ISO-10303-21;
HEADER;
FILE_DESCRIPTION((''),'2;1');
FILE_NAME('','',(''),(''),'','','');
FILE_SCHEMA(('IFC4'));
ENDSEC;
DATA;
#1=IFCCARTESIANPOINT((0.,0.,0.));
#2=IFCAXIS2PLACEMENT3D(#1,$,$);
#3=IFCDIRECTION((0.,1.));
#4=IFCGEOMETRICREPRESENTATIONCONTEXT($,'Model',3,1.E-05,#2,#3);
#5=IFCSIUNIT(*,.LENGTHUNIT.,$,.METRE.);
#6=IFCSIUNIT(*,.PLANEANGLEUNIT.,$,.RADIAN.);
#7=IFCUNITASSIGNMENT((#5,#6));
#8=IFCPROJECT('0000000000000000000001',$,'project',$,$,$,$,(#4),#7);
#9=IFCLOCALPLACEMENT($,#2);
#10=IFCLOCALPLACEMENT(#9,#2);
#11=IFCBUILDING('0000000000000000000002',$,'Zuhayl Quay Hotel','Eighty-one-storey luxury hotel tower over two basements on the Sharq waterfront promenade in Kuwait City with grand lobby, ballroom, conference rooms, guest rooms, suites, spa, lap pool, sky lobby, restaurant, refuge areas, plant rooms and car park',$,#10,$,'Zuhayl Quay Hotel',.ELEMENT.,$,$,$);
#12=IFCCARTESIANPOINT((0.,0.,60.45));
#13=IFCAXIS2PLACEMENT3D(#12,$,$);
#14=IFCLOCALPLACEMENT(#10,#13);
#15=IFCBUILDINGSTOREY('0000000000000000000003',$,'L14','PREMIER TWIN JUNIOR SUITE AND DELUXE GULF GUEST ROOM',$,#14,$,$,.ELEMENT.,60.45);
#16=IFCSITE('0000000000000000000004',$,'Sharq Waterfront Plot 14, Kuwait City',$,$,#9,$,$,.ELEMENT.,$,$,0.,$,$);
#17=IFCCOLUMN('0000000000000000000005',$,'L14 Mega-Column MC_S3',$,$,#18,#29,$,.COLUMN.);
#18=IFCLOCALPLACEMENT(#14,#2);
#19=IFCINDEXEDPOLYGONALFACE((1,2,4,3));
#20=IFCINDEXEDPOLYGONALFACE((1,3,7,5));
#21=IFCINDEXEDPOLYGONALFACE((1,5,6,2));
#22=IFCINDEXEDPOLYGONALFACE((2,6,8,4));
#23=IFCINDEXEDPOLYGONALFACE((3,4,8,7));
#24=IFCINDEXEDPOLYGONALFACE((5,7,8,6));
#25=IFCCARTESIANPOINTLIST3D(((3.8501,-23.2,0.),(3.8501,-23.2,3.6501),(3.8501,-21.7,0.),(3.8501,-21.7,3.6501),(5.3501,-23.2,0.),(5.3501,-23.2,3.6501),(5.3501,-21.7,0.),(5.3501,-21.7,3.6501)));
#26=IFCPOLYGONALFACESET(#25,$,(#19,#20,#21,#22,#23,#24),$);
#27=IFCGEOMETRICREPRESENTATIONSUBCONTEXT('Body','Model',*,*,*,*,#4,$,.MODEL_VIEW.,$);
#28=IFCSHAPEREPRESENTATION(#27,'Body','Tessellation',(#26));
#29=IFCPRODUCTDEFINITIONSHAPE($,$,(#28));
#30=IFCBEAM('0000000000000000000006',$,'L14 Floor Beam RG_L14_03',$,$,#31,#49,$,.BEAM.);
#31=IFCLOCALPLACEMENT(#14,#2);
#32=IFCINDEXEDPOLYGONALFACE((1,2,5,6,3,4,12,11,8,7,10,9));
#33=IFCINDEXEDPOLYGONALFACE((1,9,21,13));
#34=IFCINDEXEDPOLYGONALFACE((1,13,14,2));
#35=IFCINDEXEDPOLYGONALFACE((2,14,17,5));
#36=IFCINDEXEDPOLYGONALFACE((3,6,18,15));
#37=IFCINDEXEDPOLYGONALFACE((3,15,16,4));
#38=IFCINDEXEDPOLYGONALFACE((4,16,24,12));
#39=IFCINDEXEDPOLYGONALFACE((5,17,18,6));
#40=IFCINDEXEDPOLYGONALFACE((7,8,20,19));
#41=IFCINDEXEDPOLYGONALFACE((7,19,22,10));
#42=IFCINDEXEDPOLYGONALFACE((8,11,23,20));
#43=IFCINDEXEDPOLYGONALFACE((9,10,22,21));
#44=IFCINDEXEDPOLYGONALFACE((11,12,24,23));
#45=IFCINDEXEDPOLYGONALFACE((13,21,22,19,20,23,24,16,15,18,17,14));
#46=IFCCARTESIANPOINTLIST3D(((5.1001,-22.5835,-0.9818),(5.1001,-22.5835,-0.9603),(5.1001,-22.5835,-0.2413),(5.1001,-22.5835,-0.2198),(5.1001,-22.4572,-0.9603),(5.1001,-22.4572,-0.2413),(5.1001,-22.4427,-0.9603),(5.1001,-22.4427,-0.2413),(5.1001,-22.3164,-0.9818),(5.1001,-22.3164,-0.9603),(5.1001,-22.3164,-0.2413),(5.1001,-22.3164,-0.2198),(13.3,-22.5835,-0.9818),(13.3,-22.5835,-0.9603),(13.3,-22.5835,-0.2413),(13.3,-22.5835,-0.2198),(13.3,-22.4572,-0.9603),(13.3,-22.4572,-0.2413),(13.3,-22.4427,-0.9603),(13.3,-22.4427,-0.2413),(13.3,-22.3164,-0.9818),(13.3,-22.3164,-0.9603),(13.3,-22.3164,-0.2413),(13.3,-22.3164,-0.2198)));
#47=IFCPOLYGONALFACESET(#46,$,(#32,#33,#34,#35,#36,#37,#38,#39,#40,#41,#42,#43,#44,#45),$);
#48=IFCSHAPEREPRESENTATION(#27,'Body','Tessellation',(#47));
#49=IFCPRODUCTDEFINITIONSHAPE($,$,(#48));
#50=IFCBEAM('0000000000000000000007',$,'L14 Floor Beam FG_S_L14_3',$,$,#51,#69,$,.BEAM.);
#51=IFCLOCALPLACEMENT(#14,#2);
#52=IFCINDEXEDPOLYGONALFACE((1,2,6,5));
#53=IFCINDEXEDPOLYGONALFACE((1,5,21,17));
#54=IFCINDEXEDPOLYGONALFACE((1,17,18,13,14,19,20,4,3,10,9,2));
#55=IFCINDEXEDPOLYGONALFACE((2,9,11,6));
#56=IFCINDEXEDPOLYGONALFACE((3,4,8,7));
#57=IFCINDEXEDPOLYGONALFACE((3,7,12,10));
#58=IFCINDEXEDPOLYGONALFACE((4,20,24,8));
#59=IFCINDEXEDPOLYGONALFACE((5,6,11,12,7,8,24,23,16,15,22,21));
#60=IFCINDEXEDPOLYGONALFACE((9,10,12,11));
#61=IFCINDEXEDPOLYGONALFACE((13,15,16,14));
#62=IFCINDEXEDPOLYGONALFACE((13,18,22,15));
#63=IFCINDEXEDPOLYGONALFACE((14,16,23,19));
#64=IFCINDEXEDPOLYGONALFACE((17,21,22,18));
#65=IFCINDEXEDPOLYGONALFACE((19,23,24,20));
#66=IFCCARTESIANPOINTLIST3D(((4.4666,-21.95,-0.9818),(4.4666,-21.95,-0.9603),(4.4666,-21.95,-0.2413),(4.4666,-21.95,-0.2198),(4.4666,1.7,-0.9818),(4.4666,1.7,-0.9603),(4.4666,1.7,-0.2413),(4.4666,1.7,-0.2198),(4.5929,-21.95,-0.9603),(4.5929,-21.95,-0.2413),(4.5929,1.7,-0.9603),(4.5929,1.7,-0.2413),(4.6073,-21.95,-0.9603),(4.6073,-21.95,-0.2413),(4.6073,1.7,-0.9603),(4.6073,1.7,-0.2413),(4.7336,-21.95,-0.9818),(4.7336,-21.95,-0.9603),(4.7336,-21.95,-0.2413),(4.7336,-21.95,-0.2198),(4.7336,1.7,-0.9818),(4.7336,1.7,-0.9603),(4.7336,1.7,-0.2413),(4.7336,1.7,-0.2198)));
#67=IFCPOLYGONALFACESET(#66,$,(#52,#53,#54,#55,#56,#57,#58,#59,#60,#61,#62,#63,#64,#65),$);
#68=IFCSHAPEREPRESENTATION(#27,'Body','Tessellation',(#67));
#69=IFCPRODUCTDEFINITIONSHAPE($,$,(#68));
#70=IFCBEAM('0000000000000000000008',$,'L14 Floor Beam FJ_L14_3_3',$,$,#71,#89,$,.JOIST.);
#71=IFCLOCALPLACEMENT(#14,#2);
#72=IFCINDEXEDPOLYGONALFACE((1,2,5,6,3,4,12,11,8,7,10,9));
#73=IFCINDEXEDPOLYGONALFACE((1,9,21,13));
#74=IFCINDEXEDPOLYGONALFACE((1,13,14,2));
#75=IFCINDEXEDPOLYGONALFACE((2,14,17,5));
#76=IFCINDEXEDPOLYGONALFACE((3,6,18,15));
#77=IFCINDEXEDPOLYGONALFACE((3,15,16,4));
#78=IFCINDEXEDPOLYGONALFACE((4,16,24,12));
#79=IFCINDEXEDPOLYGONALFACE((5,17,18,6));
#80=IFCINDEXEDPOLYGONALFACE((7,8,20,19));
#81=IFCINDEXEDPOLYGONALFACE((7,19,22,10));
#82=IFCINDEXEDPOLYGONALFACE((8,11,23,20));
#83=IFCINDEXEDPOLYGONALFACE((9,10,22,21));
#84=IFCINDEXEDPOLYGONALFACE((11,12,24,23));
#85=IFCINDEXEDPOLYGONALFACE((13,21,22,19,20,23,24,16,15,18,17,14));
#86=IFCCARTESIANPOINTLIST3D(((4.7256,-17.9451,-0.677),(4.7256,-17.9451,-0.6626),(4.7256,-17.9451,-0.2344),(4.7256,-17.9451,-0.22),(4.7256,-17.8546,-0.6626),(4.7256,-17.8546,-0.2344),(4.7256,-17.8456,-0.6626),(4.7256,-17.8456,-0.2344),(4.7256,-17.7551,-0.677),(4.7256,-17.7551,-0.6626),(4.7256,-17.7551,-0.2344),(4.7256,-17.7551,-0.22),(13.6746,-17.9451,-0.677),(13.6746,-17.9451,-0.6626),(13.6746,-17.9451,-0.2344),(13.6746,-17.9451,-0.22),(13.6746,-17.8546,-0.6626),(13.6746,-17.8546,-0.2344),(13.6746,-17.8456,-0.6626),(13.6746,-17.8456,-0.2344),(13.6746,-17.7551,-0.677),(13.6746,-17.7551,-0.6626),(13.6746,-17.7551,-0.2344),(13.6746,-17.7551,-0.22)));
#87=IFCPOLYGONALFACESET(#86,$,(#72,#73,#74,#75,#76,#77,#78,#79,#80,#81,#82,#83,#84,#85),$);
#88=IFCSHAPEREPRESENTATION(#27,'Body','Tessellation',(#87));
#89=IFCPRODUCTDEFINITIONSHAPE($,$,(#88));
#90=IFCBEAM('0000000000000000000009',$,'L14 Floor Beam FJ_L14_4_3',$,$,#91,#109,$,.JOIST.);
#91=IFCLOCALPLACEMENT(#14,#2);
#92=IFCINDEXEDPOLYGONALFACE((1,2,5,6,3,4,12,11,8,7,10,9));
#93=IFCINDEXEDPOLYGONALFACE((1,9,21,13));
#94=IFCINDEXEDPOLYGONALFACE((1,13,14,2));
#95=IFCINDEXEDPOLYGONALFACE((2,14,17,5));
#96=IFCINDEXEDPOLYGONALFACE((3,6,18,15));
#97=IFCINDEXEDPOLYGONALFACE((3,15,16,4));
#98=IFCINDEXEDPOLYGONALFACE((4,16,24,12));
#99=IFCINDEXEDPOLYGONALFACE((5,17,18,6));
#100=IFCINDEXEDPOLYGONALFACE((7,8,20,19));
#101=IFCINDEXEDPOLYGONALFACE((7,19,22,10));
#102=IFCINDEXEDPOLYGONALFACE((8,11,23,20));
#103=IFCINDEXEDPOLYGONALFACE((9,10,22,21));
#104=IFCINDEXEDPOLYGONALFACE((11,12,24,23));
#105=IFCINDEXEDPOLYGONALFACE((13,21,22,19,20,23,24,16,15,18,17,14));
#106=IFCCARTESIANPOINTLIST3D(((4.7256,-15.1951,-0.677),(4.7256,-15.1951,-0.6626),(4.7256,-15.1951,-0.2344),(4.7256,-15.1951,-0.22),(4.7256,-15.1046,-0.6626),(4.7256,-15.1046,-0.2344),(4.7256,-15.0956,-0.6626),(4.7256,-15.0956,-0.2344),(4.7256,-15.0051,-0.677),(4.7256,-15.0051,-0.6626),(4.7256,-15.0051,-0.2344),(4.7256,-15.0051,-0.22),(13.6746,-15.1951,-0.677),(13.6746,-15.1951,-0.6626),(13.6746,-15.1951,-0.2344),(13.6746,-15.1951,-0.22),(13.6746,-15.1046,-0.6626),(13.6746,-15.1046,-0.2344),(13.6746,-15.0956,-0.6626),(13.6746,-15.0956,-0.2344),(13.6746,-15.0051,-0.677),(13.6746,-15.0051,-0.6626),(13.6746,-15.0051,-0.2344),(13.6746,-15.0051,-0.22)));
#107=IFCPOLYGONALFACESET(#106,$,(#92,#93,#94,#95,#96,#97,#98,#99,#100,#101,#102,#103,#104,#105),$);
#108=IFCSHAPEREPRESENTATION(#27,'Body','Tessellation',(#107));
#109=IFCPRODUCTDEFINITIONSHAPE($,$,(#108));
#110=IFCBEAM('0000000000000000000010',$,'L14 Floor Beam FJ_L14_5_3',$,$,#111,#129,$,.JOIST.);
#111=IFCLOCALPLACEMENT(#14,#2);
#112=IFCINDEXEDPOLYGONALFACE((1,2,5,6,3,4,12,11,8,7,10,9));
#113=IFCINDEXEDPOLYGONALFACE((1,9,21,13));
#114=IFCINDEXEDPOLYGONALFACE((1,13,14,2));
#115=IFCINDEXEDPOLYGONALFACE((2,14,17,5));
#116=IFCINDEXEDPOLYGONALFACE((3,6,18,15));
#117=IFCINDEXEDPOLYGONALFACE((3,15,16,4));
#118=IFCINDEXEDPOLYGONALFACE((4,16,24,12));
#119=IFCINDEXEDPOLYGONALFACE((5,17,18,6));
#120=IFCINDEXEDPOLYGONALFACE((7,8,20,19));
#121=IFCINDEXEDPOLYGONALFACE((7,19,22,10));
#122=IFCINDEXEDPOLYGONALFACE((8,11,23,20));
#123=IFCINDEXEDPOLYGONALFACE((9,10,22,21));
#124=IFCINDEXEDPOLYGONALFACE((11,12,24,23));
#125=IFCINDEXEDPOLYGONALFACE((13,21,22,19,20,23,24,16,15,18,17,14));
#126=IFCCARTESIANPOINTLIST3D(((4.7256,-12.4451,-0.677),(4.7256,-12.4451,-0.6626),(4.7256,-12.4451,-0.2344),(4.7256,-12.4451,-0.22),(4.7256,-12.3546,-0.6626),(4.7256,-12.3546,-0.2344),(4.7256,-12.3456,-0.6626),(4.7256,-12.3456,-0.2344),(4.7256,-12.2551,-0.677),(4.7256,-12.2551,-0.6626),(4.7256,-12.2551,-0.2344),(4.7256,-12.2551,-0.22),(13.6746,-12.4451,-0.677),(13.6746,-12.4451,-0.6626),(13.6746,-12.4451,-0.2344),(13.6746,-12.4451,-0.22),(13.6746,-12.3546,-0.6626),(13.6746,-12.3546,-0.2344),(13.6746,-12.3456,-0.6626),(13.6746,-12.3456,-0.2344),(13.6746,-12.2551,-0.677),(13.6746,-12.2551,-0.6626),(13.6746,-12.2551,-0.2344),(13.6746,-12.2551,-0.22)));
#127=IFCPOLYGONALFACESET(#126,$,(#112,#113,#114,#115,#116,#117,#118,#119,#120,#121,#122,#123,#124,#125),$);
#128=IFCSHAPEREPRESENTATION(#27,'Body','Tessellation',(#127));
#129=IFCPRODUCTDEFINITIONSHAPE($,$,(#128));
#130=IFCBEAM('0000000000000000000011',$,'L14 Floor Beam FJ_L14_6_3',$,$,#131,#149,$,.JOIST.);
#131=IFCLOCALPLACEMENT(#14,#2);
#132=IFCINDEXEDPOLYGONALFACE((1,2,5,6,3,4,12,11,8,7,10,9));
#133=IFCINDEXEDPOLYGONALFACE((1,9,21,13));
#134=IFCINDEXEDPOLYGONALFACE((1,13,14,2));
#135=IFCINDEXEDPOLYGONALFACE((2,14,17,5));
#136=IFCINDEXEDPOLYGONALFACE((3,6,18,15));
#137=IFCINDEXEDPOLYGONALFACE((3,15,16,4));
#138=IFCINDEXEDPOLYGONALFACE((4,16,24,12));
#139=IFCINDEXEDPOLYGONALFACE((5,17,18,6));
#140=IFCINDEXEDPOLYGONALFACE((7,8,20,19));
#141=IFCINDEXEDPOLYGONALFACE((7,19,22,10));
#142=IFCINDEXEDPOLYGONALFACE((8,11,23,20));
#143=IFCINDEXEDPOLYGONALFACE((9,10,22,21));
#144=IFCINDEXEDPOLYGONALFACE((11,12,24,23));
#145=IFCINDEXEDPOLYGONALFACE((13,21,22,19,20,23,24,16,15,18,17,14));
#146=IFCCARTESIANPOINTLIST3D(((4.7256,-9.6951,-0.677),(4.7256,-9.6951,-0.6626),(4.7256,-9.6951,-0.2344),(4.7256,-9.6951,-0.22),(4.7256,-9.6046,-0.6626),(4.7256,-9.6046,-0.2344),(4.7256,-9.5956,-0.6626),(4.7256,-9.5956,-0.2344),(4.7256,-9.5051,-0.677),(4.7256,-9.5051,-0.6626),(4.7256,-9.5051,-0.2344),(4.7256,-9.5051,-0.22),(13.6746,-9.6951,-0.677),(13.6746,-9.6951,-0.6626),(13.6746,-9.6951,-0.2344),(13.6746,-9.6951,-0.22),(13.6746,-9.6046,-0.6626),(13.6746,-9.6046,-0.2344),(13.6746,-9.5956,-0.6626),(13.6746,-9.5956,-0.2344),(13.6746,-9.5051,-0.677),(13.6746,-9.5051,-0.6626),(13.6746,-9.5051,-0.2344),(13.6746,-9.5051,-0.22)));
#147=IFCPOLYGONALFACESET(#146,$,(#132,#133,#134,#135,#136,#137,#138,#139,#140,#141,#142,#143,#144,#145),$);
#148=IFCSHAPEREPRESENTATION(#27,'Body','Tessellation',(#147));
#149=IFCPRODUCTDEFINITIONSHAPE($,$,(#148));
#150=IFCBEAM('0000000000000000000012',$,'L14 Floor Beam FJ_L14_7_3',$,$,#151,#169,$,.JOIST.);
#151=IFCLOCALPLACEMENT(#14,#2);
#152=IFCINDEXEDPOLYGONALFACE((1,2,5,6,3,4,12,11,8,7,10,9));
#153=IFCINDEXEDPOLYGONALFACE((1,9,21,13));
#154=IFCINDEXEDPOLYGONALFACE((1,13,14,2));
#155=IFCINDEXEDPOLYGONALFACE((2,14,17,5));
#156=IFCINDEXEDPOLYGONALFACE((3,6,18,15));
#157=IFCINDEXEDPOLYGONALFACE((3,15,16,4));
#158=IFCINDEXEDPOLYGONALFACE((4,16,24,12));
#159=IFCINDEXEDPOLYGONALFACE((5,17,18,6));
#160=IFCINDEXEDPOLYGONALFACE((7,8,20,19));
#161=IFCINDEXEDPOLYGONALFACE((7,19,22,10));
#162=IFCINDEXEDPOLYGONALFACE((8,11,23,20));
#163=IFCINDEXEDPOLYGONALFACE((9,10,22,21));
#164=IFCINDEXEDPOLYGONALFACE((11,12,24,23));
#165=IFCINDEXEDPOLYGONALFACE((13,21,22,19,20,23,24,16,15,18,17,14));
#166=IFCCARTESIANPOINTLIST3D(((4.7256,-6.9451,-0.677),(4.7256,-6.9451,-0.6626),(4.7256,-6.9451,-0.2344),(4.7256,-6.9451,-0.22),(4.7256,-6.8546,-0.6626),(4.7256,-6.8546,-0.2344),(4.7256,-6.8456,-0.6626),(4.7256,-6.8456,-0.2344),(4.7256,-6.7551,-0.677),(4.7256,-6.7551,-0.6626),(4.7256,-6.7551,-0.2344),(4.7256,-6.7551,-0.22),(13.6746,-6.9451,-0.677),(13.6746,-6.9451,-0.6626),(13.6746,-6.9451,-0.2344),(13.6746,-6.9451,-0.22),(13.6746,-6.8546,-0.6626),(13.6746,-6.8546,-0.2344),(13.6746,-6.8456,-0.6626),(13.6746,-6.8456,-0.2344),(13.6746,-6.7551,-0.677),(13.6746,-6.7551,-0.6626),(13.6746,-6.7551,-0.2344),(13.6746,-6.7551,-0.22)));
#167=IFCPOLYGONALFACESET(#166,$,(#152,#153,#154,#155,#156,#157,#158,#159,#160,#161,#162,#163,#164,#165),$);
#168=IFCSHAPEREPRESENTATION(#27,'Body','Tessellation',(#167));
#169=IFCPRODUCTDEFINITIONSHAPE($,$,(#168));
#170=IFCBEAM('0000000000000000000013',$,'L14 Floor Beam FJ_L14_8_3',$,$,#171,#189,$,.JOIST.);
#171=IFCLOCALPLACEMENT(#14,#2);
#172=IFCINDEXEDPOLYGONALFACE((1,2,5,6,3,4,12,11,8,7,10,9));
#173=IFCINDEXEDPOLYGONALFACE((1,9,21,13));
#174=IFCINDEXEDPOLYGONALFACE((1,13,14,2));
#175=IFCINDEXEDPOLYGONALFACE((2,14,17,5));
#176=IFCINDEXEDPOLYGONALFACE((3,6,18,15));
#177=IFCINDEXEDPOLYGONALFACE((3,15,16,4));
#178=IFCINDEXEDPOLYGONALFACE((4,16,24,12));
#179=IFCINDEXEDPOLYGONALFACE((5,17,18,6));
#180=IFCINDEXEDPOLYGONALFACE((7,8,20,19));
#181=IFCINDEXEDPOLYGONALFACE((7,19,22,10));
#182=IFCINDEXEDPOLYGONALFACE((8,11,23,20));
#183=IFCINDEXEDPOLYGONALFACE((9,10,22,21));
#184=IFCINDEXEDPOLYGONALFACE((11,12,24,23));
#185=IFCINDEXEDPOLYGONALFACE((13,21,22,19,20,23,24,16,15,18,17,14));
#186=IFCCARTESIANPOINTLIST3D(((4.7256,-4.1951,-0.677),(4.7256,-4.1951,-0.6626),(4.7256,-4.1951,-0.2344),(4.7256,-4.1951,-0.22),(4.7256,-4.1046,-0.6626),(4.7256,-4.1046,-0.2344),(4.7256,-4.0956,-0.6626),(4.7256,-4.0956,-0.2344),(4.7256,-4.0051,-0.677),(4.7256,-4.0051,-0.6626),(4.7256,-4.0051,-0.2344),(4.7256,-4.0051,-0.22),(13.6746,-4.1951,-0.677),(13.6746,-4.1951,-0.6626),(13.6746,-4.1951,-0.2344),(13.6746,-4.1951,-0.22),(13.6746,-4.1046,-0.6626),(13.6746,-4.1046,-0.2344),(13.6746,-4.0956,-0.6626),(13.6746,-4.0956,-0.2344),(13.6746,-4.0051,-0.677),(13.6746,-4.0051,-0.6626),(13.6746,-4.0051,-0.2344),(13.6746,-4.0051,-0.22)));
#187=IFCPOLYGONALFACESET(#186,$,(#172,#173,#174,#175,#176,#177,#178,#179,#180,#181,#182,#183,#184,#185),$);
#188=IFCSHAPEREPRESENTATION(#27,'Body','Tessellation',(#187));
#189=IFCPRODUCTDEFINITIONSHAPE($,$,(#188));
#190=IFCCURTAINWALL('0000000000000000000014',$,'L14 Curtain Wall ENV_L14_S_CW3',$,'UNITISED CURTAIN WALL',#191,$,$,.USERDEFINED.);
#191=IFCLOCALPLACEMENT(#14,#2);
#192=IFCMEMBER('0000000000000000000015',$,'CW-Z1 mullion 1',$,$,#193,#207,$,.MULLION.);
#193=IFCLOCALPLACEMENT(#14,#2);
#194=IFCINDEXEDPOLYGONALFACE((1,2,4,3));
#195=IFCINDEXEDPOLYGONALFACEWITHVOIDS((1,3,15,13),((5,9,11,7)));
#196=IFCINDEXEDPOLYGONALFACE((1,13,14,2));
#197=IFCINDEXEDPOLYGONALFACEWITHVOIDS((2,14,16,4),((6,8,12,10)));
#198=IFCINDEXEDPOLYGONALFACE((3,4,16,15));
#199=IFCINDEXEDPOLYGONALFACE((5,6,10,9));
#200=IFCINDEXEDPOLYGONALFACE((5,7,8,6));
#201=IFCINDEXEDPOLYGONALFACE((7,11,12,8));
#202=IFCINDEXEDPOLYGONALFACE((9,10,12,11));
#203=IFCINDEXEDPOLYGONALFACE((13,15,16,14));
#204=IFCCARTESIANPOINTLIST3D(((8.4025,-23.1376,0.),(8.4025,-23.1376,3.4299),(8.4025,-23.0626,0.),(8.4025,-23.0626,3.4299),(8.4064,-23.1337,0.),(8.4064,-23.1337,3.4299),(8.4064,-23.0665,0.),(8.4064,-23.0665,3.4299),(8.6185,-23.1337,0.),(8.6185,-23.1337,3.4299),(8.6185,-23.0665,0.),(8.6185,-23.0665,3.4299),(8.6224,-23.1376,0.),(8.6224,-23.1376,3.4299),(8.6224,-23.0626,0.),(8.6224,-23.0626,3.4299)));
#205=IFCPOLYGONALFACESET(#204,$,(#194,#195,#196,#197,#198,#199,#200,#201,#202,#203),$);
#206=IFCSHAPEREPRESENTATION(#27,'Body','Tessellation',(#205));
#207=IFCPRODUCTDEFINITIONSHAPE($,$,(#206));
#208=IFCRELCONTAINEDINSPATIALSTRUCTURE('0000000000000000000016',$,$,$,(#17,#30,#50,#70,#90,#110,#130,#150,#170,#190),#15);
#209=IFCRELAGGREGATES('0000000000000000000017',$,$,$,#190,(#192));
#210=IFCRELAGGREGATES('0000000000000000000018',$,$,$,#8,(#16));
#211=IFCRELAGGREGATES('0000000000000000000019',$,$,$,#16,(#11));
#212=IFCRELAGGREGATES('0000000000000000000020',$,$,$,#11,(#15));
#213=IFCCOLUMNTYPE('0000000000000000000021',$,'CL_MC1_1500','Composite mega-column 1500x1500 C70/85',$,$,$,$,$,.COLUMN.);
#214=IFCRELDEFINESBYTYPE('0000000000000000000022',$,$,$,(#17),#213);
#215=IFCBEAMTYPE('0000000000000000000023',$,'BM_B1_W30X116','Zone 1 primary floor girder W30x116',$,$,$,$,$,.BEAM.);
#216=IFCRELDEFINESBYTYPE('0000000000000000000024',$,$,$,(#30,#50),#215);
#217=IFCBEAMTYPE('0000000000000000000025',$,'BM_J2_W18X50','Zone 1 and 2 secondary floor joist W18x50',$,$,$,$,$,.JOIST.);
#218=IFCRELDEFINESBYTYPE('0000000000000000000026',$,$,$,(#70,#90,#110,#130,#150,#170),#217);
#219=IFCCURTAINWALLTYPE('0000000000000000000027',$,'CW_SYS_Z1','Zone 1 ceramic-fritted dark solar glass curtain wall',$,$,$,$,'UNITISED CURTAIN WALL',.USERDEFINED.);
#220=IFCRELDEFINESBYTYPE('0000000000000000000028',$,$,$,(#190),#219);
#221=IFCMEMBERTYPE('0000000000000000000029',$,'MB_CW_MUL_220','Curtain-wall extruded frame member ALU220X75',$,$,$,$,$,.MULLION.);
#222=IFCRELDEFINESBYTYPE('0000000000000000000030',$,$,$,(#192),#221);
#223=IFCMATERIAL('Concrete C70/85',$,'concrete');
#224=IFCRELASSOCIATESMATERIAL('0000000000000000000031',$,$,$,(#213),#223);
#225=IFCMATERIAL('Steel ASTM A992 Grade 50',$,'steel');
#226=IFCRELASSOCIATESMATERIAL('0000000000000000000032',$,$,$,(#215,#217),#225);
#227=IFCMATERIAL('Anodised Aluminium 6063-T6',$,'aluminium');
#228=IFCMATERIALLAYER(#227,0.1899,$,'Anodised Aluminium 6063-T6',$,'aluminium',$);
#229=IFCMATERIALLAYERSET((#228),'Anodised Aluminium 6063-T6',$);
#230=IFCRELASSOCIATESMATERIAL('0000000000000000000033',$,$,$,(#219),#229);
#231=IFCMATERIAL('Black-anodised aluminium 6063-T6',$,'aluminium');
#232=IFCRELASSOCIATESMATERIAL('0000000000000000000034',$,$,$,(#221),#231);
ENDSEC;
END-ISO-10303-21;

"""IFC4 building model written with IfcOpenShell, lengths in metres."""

from ifc_helpers import new_model, si_unit, direction, frame, origin, origin_2d, place, context, subcontext, project, spatial, rectangle, hollow_rectangle, i_section, extrude, material, layer, layer_set, material_profile, profile_set, type_object, element, aggregate, save


model = new_model("IFC4")

# Units and contexts
model_context = context("Model", 3, precision=1e-05, world=origin(), true_north=direction((0.0, 1.0)))
body_context = subcontext(model_context, "Body", "Model", "MODEL_VIEW")
ifc_project = project(units=[si_unit("LENGTHUNIT", "METRE"), si_unit("PLANEANGLEUNIT", "RADIAN")], contexts=[model_context])

# Site, building, storey
site_placement = place(None, origin())
site = spatial("IfcSite", under=ifc_project, at=site_placement, Name="Sharq Waterfront Plot 14, Kuwait City", CompositionType="ELEMENT", RefElevation=0.0)
building_placement = place(site_placement, origin())
building = spatial("IfcBuilding", under=site, at=building_placement, Name="Zuhayl Quay Hotel", Description="Eighty-one-storey luxury hotel tower over two basements on the Sharq waterfront promenade in Kuwait City with grand lobby, ballroom, conference rooms, guest rooms, suites, spa, lap pool, sky lobby, restaurant, refuge areas, plant rooms and car park", LongName="Zuhayl Quay Hotel", CompositionType="ELEMENT")
storey_placement = place(building_placement, frame((0.0, 0.0, 60.45)))
storey = spatial("IfcBuildingStorey", under=building, at=storey_placement, Name="L14", Description="PREMIER TWIN JUNIOR SUITE AND DELUXE GULF GUEST ROOM", CompositionType="ELEMENT", Elevation=60.45)

# Column
ifc_material_1 = material(Name="Concrete C70/85", Category="concrete")
ifc_material_profile_1 = material_profile(ifc_material_1, rectangle(XDim=1.5, YDim=1.5, at=origin_2d()), Name="RC1500X1500")
ifc_profile_set_1 = profile_set([ifc_material_profile_1], Name="Concrete C70/85")
column_type = type_object("IfcColumnType", Name="CL_MC1_1500", Description="Composite mega-column 1500x1500 C70/85", PredefinedType="COLUMN", material=ifc_profile_set_1)
column_placement = place(storey_placement, frame((4.6001, -22.45, 0.0), z_axis=(0.0, 0.0, 1.0), x_axis=(1.0, 0.0, 0.0)))
element("IfcColumn", 1, at=column_placement, inside=storey, type_object=column_type, Name="L14 Mega-Column MC_S3", PredefinedType="COLUMN", context=body_context, shape_type="SweptSolid", body=[
    extrude(rectangle(XDim=1.5, YDim=1.5, at=origin_2d()), origin(), (0.0, 0.0, 1.0), 3.6501),
])

# Beams
ifc_material_2 = material(Name="Steel ASTM A992 Grade 50", Category="steel")
ifc_material_profile_2 = material_profile(ifc_material_2, i_section(OverallWidth=0.2671, OverallDepth=0.762, WebThickness=0.0144, FlangeThickness=0.0215, at=origin_2d()), Name="W30X116")
ifc_profile_set_2 = profile_set([ifc_material_profile_2], Name="Steel ASTM A992 Grade 50")
beam_type_1 = type_object("IfcBeamType", Name="BM_B1_W30X116", Description="Zone 1 primary floor girder W30x116", PredefinedType="BEAM", material=ifc_profile_set_2)
beam_1_placement = place(storey_placement, frame((5.1001, -22.45, -0.6008), z_axis=(1.0, 0.0, 0.0), x_axis=(0.0, 1.0, 0.0)))
element("IfcBeam", 2, at=beam_1_placement, inside=storey, type_object=beam_type_1, Name="L14 Floor Beam RG_L14_03", PredefinedType="BEAM", context=body_context, shape_type="SweptSolid", body=[
    extrude(i_section(OverallWidth=0.2671, OverallDepth=0.762, WebThickness=0.0144, FlangeThickness=0.0215, at=origin_2d()), origin(), (0.0, 0.0, 1.0), 8.2),
])
beam_2_placement = place(storey_placement, frame((4.6001, -21.95, -0.6008), z_axis=(0.0, 1.0, 0.0), x_axis=(-1.0, 0.0, 0.0)))
element("IfcBeam", 3, at=beam_2_placement, inside=storey, type_object=beam_type_1, Name="L14 Floor Beam FG_S_L14_3", PredefinedType="BEAM", context=body_context, shape_type="SweptSolid", body=[
    extrude(i_section(OverallWidth=0.2671, OverallDepth=0.762, WebThickness=0.0144, FlangeThickness=0.0215, at=origin_2d()), origin(), (0.0, 0.0, 1.0), 23.6499),
])
ifc_material_profile_3 = material_profile(ifc_material_2, i_section(OverallWidth=0.1899, OverallDepth=0.457, WebThickness=0.009, FlangeThickness=0.0144, at=origin_2d()), Name="W18X50")
ifc_profile_set_3 = profile_set([ifc_material_profile_3], Name="Steel ASTM A992 Grade 50")
beam_type_2 = type_object("IfcBeamType", Name="BM_J2_W18X50", Description="Zone 1 and 2 secondary floor joist W18x50", PredefinedType="JOIST", material=ifc_profile_set_3)
for number, where, z_axis, x_axis, name in (
    (4, (4.7256, -17.8501, -0.4485), (1.0, 0.0, 0.0), (0.0, 1.0, 0.0), "L14 Floor Beam FJ_L14_3_3"),
    (5, (4.7256, -15.1001, -0.4485), (1.0, 0.0, 0.0), (0.0, 1.0, 0.0), "L14 Floor Beam FJ_L14_4_3"),
    (6, (4.7256, -12.3501, -0.4485), (1.0, 0.0, 0.0), (0.0, 1.0, 0.0), "L14 Floor Beam FJ_L14_5_3"),
    (7, (4.7256, -9.6001, -0.4485), (1.0, 0.0, 0.0), (0.0, 1.0, 0.0), "L14 Floor Beam FJ_L14_6_3"),
    (8, (4.7256, -6.8501, -0.4485), (1.0, 0.0, 0.0), (0.0, 1.0, 0.0), "L14 Floor Beam FJ_L14_7_3"),
    (9, (4.7256, -4.1001, -0.4485), (1.0, 0.0, 0.0), (0.0, 1.0, 0.0), "L14 Floor Beam FJ_L14_8_3"),
):
    element("IfcBeam", number, at=place(storey_placement, frame(where, z_axis=z_axis, x_axis=x_axis)), inside=storey, type_object=beam_type_2, Name=name, PredefinedType="JOIST", context=body_context, shape_type="SweptSolid", body=[
        extrude(i_section(OverallWidth=0.1899, OverallDepth=0.457, WebThickness=0.009, FlangeThickness=0.0144, at=origin_2d()), origin(), (0.0, 0.0, 1.0), 8.949),
    ])

# Curtain wall, member
ifc_material_3 = material(Name="Anodised Aluminium 6063-T6", Category="aluminium")
ifc_layer_1 = layer(ifc_material_3, 0.1899, Name="Anodised Aluminium 6063-T6", Category="aluminium")
ifc_layer_set_1 = layer_set([ifc_layer_1], Name="Anodised Aluminium 6063-T6")
curtain_wall_type = type_object("IfcCurtainWallType", Name="CW_SYS_Z1", Description="Zone 1 ceramic-fritted dark solar glass curtain wall", ElementType="UNITISED CURTAIN WALL", PredefinedType="USERDEFINED", material=ifc_layer_set_1)
curtain_wall_1_placement = place(storey_placement, origin())
curtain_wall_1 = element("IfcCurtainWall", 10, at=curtain_wall_1_placement, inside=storey, type_object=curtain_wall_type, Name="L14 Curtain Wall ENV_L14_S_CW3", ObjectType="UNITISED CURTAIN WALL", PredefinedType="USERDEFINED")
ifc_material_4 = material(Name="Black-anodised aluminium 6063-T6", Category="aluminium")
ifc_material_profile_4 = material_profile(ifc_material_4, hollow_rectangle(XDim=0.075, YDim=0.22, WallThickness=0.0039, at=origin_2d()), Name="ALU220X75")
ifc_profile_set_4 = profile_set([ifc_material_profile_4], Name="Black-anodised aluminium 6063-T6")
member_type_1 = type_object("IfcMemberType", Name="MB_CW_MUL_220", Description="Curtain-wall extruded frame member ALU220X75", PredefinedType="MULLION", material=ifc_profile_set_4)
member_1_placement = place(storey_placement, frame((8.5125, -23.1001, 0.0), z_axis=(0.0, 0.0, 1.0), x_axis=(0.0, -1.0, 0.0)))
member_1 = element("IfcMember", 11, at=member_1_placement, type_object=member_type_1, Name="CW-Z1 mullion 1", PredefinedType="MULLION", context=body_context, shape_type="SweptSolid", body=[
    extrude(hollow_rectangle(XDim=0.075, YDim=0.22, WallThickness=0.0039, at=origin_2d()), origin(), (0.0, 0.0, 1.0), 3.4299),
])

aggregate(curtain_wall_1, [member_1])

save(model, "model.ifc")
